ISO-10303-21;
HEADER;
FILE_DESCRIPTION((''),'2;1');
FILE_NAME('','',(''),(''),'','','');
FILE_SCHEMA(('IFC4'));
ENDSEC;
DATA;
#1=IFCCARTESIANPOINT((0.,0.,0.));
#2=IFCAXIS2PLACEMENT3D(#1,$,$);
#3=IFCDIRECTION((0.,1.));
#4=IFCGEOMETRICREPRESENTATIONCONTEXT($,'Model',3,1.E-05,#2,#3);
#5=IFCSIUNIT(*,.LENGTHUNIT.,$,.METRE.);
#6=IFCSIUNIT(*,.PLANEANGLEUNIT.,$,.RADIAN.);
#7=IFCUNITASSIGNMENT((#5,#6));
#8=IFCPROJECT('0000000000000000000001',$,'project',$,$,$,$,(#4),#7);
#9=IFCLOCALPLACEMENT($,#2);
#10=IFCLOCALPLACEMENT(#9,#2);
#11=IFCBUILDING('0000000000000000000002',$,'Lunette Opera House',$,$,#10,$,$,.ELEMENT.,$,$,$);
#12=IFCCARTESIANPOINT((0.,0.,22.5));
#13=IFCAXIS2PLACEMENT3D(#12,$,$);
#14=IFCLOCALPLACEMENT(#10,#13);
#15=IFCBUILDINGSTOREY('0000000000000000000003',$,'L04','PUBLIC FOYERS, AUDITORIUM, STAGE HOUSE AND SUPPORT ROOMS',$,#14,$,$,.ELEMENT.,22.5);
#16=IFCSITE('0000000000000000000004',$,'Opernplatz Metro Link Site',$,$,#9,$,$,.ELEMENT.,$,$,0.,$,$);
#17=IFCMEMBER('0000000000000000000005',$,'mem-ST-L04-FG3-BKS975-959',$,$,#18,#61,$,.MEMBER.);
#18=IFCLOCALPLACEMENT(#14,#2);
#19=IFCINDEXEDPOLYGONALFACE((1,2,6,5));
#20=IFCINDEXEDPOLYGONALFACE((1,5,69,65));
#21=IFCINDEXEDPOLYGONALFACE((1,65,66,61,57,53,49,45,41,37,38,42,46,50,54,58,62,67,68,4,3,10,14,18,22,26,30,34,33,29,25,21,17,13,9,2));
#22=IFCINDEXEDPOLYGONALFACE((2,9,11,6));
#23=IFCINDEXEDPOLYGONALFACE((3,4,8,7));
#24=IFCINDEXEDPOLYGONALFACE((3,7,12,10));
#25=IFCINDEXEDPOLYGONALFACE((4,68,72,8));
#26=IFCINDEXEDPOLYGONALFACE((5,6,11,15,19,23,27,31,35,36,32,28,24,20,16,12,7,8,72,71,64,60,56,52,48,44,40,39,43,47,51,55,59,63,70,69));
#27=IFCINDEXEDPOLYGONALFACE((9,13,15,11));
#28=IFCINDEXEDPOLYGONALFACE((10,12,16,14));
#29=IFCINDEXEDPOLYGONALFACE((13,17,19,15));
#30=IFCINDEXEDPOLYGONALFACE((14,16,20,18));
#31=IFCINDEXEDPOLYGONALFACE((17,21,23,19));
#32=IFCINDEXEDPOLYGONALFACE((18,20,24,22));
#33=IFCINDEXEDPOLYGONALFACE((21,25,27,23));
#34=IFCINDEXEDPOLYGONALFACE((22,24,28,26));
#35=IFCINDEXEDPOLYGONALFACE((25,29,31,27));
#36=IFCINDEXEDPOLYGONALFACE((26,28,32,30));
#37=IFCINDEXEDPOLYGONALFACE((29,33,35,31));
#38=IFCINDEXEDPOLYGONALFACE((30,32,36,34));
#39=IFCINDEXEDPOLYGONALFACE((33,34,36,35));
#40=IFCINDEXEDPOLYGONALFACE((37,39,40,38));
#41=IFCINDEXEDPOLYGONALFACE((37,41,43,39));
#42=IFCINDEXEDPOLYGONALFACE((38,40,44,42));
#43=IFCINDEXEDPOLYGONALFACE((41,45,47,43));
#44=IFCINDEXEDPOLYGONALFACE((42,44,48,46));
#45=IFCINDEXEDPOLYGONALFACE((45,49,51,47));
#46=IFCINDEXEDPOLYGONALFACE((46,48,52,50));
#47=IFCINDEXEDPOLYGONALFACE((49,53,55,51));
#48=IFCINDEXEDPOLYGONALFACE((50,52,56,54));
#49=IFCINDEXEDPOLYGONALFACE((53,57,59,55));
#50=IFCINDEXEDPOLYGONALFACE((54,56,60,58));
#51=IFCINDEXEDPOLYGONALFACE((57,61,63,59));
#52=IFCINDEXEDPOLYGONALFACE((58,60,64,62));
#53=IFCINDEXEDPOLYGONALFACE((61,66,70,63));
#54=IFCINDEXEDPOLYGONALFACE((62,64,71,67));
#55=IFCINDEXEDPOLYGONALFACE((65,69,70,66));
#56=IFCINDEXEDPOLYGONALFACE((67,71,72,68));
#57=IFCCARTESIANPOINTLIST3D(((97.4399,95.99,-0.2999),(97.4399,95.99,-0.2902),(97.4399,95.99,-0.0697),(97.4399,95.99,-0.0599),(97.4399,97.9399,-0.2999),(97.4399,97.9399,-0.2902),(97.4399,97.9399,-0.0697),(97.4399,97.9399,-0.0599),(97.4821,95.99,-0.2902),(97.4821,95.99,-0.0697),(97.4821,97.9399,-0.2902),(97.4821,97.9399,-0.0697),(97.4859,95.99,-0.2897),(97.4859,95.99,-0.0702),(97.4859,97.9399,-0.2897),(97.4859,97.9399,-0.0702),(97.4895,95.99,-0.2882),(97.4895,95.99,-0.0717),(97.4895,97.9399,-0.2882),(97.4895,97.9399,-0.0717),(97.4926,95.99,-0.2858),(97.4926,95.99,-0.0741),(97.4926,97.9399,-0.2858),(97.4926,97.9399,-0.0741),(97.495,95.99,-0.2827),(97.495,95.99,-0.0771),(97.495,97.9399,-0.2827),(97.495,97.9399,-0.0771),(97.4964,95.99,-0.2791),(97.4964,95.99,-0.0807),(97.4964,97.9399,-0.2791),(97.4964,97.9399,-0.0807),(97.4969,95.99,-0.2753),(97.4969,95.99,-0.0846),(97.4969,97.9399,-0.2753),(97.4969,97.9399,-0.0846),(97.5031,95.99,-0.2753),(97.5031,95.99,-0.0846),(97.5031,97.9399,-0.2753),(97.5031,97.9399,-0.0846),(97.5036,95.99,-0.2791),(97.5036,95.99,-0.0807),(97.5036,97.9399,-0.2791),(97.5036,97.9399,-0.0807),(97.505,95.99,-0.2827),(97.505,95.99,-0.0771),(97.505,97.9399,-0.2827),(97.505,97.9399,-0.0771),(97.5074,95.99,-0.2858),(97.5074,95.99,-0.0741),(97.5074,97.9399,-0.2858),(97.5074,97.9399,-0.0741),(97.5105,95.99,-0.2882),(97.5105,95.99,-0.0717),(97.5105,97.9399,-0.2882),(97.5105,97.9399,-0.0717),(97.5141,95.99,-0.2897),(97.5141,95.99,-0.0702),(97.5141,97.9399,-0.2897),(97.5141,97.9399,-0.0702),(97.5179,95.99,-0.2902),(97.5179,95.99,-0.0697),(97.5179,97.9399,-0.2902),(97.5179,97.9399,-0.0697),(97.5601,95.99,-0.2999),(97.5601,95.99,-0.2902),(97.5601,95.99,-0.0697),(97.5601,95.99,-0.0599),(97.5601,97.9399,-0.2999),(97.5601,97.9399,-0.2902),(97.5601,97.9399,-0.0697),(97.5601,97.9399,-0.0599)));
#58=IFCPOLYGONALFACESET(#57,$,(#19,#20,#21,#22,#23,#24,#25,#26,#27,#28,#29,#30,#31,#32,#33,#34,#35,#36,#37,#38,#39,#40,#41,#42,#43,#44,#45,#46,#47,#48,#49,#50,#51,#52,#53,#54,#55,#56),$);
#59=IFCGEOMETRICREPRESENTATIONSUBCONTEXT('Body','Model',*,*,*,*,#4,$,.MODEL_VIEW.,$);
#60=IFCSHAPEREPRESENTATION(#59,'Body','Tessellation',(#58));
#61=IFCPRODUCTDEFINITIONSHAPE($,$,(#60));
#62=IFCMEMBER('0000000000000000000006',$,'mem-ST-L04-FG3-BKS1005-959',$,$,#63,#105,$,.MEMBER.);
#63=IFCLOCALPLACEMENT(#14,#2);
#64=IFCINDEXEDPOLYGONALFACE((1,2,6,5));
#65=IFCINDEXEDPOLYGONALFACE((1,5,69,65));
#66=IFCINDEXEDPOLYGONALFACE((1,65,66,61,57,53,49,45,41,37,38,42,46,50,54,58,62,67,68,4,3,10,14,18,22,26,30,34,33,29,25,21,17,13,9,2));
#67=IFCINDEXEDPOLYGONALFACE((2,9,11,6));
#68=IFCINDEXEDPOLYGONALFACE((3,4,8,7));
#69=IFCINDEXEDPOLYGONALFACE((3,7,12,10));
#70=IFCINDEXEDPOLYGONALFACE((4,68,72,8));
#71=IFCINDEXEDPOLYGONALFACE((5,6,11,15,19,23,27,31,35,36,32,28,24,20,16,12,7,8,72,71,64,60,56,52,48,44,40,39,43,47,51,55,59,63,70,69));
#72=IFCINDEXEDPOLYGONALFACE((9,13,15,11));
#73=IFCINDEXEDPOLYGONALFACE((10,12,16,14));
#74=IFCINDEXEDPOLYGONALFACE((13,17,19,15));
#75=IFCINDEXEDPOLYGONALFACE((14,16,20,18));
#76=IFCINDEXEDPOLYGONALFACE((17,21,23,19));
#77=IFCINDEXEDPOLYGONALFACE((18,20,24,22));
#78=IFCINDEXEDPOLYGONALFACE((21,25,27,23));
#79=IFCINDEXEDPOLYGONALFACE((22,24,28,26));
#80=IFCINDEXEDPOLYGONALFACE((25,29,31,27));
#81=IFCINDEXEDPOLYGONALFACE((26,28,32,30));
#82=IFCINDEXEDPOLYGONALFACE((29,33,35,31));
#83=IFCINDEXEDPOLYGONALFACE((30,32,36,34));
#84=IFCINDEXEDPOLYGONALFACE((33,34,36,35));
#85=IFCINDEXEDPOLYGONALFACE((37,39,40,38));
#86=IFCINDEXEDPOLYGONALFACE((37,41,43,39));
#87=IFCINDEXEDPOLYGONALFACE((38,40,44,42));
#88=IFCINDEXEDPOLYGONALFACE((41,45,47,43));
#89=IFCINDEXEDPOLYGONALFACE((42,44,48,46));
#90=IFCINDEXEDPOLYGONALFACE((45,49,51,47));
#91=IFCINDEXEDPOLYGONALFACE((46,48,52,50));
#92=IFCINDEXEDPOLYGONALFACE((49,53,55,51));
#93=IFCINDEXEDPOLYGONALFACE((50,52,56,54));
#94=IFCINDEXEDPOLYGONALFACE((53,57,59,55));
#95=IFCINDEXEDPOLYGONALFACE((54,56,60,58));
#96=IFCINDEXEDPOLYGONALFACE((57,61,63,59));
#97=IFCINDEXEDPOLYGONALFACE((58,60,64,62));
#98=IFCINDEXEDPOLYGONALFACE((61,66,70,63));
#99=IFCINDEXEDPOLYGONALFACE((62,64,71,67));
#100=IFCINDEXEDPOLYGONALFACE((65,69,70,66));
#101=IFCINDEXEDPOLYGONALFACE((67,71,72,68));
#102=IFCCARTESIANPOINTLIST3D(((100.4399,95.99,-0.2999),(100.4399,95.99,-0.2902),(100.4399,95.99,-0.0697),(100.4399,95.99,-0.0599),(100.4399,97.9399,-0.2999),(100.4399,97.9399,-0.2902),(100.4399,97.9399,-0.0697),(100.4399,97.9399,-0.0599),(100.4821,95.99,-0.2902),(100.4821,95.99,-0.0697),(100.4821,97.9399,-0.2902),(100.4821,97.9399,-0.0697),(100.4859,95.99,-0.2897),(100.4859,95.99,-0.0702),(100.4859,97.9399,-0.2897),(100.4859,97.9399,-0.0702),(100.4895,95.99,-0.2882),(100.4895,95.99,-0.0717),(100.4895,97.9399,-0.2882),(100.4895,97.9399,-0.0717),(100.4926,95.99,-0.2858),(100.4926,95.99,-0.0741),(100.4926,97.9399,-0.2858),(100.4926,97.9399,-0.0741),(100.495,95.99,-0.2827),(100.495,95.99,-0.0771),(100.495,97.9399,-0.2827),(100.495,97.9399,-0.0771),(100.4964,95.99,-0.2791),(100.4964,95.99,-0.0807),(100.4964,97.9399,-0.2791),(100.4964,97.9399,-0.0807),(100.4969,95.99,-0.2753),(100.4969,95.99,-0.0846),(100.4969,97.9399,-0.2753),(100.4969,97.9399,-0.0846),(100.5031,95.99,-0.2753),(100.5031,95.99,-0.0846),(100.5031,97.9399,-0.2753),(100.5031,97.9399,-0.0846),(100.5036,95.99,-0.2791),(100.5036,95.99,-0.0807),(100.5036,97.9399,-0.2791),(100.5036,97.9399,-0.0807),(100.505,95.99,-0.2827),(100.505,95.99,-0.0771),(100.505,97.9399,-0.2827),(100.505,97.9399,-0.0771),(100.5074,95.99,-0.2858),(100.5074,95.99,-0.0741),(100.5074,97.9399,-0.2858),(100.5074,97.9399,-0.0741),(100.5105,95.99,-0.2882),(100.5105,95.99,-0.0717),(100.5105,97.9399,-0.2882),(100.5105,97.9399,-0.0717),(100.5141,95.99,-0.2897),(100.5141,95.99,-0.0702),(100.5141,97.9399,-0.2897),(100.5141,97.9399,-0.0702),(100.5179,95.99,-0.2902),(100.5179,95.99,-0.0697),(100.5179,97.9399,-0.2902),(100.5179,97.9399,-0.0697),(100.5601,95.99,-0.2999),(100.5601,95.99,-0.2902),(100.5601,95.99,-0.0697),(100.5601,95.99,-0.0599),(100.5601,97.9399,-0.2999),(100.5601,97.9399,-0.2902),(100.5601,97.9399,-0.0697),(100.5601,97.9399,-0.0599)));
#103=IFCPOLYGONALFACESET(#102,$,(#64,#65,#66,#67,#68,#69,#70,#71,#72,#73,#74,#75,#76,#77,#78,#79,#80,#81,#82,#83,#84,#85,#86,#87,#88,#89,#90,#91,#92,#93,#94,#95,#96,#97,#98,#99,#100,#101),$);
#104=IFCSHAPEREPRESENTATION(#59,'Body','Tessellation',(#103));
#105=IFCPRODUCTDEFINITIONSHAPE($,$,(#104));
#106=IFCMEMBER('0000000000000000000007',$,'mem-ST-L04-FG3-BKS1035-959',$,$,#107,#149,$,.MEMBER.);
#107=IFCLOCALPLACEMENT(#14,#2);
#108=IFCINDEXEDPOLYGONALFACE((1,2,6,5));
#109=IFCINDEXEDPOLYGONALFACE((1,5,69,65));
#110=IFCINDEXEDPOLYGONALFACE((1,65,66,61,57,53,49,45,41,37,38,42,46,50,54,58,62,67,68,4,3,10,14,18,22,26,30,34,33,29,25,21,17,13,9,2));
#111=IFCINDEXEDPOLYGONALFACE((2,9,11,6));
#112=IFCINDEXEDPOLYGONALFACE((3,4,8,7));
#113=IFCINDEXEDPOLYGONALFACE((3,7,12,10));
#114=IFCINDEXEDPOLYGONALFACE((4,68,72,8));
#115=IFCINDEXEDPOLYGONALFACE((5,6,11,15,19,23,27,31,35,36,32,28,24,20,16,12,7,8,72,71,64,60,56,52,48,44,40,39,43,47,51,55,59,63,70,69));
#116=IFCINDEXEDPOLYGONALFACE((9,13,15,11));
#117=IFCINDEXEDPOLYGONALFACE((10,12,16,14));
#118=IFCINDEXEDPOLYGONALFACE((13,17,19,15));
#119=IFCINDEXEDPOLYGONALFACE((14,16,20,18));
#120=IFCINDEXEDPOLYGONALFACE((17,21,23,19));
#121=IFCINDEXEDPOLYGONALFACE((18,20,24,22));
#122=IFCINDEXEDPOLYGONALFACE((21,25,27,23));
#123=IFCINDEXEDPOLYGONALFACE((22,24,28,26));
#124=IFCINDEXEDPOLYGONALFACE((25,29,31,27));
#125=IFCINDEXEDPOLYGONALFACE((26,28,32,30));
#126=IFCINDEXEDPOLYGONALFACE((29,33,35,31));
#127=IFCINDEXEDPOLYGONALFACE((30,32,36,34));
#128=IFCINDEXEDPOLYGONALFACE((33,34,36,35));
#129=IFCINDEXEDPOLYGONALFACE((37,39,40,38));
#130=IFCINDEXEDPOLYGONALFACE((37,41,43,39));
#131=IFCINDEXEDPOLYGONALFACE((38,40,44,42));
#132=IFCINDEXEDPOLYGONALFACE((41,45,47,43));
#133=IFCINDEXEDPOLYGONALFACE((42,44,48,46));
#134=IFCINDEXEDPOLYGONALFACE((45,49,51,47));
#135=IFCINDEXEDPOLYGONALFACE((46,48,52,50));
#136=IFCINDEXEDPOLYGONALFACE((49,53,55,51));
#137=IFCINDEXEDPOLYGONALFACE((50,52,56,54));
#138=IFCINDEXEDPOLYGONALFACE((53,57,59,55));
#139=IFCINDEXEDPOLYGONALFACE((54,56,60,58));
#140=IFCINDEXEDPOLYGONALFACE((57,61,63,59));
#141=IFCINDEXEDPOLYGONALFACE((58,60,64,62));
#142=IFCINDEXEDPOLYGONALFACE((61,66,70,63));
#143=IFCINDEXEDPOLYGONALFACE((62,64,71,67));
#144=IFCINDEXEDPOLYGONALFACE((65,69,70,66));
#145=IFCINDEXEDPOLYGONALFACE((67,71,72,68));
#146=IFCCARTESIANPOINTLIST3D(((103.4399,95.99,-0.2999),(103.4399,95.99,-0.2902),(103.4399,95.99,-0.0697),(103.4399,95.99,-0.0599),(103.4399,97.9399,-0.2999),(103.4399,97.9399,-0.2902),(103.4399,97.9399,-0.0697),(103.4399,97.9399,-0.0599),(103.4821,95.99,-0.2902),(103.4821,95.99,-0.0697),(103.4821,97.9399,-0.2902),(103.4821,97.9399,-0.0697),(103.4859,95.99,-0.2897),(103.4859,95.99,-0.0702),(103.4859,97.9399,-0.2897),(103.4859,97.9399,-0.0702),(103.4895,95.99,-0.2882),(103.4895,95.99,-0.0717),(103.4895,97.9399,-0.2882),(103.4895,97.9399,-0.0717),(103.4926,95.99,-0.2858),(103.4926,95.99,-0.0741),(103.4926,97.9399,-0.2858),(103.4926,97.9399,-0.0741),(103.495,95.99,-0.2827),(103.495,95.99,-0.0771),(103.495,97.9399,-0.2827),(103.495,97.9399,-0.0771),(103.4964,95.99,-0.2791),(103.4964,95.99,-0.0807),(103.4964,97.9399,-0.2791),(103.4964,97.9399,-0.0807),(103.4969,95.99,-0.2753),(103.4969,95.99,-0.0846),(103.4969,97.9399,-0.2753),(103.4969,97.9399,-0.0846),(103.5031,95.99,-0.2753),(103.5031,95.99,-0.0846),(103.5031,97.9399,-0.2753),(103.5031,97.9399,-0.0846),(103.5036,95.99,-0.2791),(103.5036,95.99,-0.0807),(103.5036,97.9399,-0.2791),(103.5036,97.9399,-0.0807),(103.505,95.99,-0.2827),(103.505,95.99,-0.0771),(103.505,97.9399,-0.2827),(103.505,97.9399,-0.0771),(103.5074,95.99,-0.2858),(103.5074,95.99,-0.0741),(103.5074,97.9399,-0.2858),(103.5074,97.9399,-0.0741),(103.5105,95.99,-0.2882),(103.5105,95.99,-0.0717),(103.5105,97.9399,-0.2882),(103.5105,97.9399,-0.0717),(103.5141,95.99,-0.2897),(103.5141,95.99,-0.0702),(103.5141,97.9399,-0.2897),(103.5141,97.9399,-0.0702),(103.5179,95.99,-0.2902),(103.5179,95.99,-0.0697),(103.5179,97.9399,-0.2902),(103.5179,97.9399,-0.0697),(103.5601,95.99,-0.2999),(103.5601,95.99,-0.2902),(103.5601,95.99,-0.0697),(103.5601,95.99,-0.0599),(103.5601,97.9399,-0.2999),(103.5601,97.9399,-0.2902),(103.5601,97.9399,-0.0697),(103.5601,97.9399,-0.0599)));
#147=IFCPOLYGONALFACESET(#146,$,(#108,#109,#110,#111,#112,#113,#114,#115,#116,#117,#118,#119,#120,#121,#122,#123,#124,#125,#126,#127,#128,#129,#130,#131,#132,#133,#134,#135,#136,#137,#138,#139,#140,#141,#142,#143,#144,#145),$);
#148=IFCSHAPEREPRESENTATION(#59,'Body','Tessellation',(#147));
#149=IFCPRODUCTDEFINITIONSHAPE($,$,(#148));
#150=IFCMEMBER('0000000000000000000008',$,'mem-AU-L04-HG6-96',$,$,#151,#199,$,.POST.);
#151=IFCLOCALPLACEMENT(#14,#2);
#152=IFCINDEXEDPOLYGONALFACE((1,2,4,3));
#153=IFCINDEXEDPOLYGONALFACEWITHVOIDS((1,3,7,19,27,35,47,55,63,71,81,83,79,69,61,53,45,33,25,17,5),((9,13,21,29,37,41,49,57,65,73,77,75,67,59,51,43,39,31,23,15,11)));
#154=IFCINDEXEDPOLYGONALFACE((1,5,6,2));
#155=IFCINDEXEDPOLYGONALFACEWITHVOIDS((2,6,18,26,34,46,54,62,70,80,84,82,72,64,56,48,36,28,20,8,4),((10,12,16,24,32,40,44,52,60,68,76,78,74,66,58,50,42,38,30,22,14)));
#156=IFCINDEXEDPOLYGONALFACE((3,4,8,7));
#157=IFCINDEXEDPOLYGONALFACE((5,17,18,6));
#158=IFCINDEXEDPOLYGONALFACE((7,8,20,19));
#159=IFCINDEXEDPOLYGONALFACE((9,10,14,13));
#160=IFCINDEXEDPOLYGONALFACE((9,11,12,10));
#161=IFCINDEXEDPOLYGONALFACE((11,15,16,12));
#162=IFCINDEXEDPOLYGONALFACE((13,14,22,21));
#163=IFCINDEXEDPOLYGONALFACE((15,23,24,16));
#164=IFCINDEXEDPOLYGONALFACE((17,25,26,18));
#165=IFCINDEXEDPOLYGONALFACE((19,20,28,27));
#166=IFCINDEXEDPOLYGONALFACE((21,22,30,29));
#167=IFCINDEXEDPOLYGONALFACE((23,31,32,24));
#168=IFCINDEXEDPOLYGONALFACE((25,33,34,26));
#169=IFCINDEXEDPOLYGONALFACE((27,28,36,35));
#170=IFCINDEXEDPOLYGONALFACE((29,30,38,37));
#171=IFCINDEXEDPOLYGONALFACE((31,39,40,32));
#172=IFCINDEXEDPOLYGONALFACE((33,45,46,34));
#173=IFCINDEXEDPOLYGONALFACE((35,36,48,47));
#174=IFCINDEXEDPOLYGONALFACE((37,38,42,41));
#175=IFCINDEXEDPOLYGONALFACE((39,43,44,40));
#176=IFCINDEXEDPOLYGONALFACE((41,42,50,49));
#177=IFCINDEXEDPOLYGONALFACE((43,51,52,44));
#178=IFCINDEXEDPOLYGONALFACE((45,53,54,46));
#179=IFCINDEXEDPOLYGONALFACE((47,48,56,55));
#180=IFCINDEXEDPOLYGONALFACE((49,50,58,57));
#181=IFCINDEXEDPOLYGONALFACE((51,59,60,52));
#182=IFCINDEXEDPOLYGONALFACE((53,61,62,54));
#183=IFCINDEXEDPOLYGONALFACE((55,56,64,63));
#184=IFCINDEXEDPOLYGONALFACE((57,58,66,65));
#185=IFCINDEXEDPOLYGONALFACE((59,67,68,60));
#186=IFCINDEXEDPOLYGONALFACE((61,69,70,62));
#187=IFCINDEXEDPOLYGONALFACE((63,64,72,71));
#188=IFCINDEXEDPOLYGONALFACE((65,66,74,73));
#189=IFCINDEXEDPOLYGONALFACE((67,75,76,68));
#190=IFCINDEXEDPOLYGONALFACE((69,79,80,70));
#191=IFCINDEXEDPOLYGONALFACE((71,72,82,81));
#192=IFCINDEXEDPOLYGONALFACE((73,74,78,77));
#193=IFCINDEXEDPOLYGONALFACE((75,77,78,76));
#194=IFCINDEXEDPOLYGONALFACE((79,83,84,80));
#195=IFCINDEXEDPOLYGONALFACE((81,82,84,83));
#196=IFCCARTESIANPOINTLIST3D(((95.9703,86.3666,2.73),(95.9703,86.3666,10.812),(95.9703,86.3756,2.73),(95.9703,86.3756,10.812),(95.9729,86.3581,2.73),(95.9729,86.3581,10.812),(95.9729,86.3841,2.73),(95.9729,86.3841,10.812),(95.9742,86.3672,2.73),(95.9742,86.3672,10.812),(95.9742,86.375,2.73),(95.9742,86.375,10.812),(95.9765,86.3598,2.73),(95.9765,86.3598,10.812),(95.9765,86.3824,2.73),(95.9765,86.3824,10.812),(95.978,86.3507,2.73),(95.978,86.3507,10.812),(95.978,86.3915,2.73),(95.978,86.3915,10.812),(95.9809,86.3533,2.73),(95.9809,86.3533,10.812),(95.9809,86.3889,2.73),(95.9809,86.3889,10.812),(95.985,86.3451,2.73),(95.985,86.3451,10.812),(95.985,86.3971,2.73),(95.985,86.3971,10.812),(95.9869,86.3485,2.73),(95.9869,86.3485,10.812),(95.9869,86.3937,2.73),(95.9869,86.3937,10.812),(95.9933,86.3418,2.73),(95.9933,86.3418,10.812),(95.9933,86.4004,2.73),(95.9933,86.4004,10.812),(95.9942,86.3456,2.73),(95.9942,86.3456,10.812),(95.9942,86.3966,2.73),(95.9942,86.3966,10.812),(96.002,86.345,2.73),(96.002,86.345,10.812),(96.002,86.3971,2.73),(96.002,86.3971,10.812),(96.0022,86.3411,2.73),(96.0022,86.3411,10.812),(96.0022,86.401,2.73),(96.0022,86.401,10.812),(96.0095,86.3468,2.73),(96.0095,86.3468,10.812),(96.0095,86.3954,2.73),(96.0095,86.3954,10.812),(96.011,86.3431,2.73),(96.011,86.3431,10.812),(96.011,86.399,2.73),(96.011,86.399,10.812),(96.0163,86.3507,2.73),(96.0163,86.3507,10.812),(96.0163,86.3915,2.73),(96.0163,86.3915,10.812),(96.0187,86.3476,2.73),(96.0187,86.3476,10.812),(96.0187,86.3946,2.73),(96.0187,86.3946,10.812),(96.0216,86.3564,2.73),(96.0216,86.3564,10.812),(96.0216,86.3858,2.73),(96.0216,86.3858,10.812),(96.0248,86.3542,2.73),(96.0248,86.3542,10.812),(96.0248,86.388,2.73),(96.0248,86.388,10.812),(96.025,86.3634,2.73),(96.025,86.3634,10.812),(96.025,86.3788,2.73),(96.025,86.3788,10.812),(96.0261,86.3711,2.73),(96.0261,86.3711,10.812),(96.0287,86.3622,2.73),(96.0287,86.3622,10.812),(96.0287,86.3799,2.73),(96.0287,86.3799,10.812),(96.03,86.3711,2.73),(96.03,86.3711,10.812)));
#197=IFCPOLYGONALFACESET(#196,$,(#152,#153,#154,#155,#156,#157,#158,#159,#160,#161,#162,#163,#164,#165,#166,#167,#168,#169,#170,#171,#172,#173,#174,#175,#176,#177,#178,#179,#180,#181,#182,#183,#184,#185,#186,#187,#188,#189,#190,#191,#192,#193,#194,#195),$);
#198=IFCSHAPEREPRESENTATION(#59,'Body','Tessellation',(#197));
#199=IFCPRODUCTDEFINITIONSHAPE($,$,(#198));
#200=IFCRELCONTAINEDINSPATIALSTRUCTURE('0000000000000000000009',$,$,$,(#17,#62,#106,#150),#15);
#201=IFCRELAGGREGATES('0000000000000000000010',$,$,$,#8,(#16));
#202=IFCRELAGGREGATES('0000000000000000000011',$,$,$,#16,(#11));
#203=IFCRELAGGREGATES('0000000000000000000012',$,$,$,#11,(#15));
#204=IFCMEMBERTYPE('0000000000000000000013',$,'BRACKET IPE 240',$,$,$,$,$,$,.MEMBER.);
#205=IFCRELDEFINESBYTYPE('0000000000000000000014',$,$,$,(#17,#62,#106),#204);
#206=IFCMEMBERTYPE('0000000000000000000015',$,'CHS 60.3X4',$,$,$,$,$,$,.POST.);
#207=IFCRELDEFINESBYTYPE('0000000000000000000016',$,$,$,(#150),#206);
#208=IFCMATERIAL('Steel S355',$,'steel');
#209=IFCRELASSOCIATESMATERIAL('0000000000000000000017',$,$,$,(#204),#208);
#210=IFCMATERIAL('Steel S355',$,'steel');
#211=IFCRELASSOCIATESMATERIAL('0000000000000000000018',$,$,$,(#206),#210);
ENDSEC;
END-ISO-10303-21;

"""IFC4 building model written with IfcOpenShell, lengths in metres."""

from ifc_helpers import new_model, si_unit, direction, frame, origin, origin_2d, place, context, subcontext, project, spatial, hollow_circle, i_section, extrude, material, material_profile, profile_set, type_object, element, save


model = new_model("IFC4")

# Units and contexts
model_context = context("Model", 3, precision=1e-05, world=origin(), true_north=direction((0.0, 1.0)))
body_context = subcontext(model_context, "Body", "Model", "MODEL_VIEW")
ifc_project = project(units=[si_unit("LENGTHUNIT", "METRE"), si_unit("PLANEANGLEUNIT", "RADIAN")], contexts=[model_context])

# Site, building, storey
site_placement = place(None, origin())
site = spatial("IfcSite", under=ifc_project, at=site_placement, Name="Opernplatz Metro Link Site", CompositionType="ELEMENT", RefElevation=0.0)
building_placement = place(site_placement, origin())
building = spatial("IfcBuilding", under=site, at=building_placement, Name="Lunette Opera House", CompositionType="ELEMENT")
storey_placement = place(building_placement, frame((0.0, 0.0, 22.5)))
storey = spatial("IfcBuildingStorey", under=building, at=storey_placement, Name="L04", Description="PUBLIC FOYERS, AUDITORIUM, STAGE HOUSE AND SUPPORT ROOMS", CompositionType="ELEMENT", Elevation=22.5)

# Members
ifc_material_1 = material(Name="Steel S355", Category="steel")
ifc_material_profile_1 = material_profile(ifc_material_1, i_section(OverallWidth=0.1201, OverallDepth=0.24, WebThickness=0.0061, FlangeThickness=0.0098, FilletRadius=0.0149, at=origin_2d()), Name="IPE 240")
ifc_profile_set_1 = profile_set([ifc_material_profile_1], Name="Steel S355")
member_type_1 = type_object("IfcMemberType", Name="BRACKET IPE 240", PredefinedType="MEMBER", material=ifc_profile_set_1)
for number, where, z_axis, x_axis, name in (
    (1, (97.5, 95.99, -0.1799), (0.0, 1.0, 0.0), (-1.0, 0.0, 0.0), "mem-ST-L04-FG3-BKS975-959"),
    (2, (100.5, 95.99, -0.1799), (0.0, 1.0, 0.0), (-1.0, 0.0, 0.0), "mem-ST-L04-FG3-BKS1005-959"),
    (3, (103.5, 95.99, -0.1799), (0.0, 1.0, 0.0), (-1.0, 0.0, 0.0), "mem-ST-L04-FG3-BKS1035-959"),
):
    element("IfcMember", number, at=place(storey_placement, frame(where, z_axis=z_axis, x_axis=x_axis)), inside=storey, type_object=member_type_1, Name=name, PredefinedType="MEMBER", context=body_context, shape_type="SweptSolid", body=[
        extrude(i_section(OverallWidth=0.1201, OverallDepth=0.24, WebThickness=0.0061, FlangeThickness=0.0098, FilletRadius=0.0149, at=origin_2d()), origin(), (0.0, 0.0, 1.0), 1.95),
    ])
ifc_material_2 = material(Name="Steel S355", Category="steel")
ifc_material_profile_2 = material_profile(ifc_material_2, hollow_circle(Radius=0.03, WallThickness=0.0039, at=origin_2d()), Name="CHS 60.3X4")
ifc_profile_set_2 = profile_set([ifc_material_profile_2], Name="Steel S355")
member_type_2 = type_object("IfcMemberType", Name="CHS 60.3X4", PredefinedType="POST", material=ifc_profile_set_2)
for number, where, z_axis, x_axis, name in (
    (4, (96.0, 86.3711, 2.73), (0.0, 0.0, 1.0), (1.0, 0.0, 0.0), "mem-AU-L04-HG6-96"),
):
    element("IfcMember", number, at=place(storey_placement, frame(where, z_axis=z_axis, x_axis=x_axis)), inside=storey, type_object=member_type_2, Name=name, PredefinedType="POST", context=body_context, shape_type="SweptSolid", body=[
        extrude(hollow_circle(Radius=0.03, WallThickness=0.0039, at=origin_2d()), origin(), (0.0, 0.0, 1.0), 8.082),
    ])

save(model, "model.ifc")
